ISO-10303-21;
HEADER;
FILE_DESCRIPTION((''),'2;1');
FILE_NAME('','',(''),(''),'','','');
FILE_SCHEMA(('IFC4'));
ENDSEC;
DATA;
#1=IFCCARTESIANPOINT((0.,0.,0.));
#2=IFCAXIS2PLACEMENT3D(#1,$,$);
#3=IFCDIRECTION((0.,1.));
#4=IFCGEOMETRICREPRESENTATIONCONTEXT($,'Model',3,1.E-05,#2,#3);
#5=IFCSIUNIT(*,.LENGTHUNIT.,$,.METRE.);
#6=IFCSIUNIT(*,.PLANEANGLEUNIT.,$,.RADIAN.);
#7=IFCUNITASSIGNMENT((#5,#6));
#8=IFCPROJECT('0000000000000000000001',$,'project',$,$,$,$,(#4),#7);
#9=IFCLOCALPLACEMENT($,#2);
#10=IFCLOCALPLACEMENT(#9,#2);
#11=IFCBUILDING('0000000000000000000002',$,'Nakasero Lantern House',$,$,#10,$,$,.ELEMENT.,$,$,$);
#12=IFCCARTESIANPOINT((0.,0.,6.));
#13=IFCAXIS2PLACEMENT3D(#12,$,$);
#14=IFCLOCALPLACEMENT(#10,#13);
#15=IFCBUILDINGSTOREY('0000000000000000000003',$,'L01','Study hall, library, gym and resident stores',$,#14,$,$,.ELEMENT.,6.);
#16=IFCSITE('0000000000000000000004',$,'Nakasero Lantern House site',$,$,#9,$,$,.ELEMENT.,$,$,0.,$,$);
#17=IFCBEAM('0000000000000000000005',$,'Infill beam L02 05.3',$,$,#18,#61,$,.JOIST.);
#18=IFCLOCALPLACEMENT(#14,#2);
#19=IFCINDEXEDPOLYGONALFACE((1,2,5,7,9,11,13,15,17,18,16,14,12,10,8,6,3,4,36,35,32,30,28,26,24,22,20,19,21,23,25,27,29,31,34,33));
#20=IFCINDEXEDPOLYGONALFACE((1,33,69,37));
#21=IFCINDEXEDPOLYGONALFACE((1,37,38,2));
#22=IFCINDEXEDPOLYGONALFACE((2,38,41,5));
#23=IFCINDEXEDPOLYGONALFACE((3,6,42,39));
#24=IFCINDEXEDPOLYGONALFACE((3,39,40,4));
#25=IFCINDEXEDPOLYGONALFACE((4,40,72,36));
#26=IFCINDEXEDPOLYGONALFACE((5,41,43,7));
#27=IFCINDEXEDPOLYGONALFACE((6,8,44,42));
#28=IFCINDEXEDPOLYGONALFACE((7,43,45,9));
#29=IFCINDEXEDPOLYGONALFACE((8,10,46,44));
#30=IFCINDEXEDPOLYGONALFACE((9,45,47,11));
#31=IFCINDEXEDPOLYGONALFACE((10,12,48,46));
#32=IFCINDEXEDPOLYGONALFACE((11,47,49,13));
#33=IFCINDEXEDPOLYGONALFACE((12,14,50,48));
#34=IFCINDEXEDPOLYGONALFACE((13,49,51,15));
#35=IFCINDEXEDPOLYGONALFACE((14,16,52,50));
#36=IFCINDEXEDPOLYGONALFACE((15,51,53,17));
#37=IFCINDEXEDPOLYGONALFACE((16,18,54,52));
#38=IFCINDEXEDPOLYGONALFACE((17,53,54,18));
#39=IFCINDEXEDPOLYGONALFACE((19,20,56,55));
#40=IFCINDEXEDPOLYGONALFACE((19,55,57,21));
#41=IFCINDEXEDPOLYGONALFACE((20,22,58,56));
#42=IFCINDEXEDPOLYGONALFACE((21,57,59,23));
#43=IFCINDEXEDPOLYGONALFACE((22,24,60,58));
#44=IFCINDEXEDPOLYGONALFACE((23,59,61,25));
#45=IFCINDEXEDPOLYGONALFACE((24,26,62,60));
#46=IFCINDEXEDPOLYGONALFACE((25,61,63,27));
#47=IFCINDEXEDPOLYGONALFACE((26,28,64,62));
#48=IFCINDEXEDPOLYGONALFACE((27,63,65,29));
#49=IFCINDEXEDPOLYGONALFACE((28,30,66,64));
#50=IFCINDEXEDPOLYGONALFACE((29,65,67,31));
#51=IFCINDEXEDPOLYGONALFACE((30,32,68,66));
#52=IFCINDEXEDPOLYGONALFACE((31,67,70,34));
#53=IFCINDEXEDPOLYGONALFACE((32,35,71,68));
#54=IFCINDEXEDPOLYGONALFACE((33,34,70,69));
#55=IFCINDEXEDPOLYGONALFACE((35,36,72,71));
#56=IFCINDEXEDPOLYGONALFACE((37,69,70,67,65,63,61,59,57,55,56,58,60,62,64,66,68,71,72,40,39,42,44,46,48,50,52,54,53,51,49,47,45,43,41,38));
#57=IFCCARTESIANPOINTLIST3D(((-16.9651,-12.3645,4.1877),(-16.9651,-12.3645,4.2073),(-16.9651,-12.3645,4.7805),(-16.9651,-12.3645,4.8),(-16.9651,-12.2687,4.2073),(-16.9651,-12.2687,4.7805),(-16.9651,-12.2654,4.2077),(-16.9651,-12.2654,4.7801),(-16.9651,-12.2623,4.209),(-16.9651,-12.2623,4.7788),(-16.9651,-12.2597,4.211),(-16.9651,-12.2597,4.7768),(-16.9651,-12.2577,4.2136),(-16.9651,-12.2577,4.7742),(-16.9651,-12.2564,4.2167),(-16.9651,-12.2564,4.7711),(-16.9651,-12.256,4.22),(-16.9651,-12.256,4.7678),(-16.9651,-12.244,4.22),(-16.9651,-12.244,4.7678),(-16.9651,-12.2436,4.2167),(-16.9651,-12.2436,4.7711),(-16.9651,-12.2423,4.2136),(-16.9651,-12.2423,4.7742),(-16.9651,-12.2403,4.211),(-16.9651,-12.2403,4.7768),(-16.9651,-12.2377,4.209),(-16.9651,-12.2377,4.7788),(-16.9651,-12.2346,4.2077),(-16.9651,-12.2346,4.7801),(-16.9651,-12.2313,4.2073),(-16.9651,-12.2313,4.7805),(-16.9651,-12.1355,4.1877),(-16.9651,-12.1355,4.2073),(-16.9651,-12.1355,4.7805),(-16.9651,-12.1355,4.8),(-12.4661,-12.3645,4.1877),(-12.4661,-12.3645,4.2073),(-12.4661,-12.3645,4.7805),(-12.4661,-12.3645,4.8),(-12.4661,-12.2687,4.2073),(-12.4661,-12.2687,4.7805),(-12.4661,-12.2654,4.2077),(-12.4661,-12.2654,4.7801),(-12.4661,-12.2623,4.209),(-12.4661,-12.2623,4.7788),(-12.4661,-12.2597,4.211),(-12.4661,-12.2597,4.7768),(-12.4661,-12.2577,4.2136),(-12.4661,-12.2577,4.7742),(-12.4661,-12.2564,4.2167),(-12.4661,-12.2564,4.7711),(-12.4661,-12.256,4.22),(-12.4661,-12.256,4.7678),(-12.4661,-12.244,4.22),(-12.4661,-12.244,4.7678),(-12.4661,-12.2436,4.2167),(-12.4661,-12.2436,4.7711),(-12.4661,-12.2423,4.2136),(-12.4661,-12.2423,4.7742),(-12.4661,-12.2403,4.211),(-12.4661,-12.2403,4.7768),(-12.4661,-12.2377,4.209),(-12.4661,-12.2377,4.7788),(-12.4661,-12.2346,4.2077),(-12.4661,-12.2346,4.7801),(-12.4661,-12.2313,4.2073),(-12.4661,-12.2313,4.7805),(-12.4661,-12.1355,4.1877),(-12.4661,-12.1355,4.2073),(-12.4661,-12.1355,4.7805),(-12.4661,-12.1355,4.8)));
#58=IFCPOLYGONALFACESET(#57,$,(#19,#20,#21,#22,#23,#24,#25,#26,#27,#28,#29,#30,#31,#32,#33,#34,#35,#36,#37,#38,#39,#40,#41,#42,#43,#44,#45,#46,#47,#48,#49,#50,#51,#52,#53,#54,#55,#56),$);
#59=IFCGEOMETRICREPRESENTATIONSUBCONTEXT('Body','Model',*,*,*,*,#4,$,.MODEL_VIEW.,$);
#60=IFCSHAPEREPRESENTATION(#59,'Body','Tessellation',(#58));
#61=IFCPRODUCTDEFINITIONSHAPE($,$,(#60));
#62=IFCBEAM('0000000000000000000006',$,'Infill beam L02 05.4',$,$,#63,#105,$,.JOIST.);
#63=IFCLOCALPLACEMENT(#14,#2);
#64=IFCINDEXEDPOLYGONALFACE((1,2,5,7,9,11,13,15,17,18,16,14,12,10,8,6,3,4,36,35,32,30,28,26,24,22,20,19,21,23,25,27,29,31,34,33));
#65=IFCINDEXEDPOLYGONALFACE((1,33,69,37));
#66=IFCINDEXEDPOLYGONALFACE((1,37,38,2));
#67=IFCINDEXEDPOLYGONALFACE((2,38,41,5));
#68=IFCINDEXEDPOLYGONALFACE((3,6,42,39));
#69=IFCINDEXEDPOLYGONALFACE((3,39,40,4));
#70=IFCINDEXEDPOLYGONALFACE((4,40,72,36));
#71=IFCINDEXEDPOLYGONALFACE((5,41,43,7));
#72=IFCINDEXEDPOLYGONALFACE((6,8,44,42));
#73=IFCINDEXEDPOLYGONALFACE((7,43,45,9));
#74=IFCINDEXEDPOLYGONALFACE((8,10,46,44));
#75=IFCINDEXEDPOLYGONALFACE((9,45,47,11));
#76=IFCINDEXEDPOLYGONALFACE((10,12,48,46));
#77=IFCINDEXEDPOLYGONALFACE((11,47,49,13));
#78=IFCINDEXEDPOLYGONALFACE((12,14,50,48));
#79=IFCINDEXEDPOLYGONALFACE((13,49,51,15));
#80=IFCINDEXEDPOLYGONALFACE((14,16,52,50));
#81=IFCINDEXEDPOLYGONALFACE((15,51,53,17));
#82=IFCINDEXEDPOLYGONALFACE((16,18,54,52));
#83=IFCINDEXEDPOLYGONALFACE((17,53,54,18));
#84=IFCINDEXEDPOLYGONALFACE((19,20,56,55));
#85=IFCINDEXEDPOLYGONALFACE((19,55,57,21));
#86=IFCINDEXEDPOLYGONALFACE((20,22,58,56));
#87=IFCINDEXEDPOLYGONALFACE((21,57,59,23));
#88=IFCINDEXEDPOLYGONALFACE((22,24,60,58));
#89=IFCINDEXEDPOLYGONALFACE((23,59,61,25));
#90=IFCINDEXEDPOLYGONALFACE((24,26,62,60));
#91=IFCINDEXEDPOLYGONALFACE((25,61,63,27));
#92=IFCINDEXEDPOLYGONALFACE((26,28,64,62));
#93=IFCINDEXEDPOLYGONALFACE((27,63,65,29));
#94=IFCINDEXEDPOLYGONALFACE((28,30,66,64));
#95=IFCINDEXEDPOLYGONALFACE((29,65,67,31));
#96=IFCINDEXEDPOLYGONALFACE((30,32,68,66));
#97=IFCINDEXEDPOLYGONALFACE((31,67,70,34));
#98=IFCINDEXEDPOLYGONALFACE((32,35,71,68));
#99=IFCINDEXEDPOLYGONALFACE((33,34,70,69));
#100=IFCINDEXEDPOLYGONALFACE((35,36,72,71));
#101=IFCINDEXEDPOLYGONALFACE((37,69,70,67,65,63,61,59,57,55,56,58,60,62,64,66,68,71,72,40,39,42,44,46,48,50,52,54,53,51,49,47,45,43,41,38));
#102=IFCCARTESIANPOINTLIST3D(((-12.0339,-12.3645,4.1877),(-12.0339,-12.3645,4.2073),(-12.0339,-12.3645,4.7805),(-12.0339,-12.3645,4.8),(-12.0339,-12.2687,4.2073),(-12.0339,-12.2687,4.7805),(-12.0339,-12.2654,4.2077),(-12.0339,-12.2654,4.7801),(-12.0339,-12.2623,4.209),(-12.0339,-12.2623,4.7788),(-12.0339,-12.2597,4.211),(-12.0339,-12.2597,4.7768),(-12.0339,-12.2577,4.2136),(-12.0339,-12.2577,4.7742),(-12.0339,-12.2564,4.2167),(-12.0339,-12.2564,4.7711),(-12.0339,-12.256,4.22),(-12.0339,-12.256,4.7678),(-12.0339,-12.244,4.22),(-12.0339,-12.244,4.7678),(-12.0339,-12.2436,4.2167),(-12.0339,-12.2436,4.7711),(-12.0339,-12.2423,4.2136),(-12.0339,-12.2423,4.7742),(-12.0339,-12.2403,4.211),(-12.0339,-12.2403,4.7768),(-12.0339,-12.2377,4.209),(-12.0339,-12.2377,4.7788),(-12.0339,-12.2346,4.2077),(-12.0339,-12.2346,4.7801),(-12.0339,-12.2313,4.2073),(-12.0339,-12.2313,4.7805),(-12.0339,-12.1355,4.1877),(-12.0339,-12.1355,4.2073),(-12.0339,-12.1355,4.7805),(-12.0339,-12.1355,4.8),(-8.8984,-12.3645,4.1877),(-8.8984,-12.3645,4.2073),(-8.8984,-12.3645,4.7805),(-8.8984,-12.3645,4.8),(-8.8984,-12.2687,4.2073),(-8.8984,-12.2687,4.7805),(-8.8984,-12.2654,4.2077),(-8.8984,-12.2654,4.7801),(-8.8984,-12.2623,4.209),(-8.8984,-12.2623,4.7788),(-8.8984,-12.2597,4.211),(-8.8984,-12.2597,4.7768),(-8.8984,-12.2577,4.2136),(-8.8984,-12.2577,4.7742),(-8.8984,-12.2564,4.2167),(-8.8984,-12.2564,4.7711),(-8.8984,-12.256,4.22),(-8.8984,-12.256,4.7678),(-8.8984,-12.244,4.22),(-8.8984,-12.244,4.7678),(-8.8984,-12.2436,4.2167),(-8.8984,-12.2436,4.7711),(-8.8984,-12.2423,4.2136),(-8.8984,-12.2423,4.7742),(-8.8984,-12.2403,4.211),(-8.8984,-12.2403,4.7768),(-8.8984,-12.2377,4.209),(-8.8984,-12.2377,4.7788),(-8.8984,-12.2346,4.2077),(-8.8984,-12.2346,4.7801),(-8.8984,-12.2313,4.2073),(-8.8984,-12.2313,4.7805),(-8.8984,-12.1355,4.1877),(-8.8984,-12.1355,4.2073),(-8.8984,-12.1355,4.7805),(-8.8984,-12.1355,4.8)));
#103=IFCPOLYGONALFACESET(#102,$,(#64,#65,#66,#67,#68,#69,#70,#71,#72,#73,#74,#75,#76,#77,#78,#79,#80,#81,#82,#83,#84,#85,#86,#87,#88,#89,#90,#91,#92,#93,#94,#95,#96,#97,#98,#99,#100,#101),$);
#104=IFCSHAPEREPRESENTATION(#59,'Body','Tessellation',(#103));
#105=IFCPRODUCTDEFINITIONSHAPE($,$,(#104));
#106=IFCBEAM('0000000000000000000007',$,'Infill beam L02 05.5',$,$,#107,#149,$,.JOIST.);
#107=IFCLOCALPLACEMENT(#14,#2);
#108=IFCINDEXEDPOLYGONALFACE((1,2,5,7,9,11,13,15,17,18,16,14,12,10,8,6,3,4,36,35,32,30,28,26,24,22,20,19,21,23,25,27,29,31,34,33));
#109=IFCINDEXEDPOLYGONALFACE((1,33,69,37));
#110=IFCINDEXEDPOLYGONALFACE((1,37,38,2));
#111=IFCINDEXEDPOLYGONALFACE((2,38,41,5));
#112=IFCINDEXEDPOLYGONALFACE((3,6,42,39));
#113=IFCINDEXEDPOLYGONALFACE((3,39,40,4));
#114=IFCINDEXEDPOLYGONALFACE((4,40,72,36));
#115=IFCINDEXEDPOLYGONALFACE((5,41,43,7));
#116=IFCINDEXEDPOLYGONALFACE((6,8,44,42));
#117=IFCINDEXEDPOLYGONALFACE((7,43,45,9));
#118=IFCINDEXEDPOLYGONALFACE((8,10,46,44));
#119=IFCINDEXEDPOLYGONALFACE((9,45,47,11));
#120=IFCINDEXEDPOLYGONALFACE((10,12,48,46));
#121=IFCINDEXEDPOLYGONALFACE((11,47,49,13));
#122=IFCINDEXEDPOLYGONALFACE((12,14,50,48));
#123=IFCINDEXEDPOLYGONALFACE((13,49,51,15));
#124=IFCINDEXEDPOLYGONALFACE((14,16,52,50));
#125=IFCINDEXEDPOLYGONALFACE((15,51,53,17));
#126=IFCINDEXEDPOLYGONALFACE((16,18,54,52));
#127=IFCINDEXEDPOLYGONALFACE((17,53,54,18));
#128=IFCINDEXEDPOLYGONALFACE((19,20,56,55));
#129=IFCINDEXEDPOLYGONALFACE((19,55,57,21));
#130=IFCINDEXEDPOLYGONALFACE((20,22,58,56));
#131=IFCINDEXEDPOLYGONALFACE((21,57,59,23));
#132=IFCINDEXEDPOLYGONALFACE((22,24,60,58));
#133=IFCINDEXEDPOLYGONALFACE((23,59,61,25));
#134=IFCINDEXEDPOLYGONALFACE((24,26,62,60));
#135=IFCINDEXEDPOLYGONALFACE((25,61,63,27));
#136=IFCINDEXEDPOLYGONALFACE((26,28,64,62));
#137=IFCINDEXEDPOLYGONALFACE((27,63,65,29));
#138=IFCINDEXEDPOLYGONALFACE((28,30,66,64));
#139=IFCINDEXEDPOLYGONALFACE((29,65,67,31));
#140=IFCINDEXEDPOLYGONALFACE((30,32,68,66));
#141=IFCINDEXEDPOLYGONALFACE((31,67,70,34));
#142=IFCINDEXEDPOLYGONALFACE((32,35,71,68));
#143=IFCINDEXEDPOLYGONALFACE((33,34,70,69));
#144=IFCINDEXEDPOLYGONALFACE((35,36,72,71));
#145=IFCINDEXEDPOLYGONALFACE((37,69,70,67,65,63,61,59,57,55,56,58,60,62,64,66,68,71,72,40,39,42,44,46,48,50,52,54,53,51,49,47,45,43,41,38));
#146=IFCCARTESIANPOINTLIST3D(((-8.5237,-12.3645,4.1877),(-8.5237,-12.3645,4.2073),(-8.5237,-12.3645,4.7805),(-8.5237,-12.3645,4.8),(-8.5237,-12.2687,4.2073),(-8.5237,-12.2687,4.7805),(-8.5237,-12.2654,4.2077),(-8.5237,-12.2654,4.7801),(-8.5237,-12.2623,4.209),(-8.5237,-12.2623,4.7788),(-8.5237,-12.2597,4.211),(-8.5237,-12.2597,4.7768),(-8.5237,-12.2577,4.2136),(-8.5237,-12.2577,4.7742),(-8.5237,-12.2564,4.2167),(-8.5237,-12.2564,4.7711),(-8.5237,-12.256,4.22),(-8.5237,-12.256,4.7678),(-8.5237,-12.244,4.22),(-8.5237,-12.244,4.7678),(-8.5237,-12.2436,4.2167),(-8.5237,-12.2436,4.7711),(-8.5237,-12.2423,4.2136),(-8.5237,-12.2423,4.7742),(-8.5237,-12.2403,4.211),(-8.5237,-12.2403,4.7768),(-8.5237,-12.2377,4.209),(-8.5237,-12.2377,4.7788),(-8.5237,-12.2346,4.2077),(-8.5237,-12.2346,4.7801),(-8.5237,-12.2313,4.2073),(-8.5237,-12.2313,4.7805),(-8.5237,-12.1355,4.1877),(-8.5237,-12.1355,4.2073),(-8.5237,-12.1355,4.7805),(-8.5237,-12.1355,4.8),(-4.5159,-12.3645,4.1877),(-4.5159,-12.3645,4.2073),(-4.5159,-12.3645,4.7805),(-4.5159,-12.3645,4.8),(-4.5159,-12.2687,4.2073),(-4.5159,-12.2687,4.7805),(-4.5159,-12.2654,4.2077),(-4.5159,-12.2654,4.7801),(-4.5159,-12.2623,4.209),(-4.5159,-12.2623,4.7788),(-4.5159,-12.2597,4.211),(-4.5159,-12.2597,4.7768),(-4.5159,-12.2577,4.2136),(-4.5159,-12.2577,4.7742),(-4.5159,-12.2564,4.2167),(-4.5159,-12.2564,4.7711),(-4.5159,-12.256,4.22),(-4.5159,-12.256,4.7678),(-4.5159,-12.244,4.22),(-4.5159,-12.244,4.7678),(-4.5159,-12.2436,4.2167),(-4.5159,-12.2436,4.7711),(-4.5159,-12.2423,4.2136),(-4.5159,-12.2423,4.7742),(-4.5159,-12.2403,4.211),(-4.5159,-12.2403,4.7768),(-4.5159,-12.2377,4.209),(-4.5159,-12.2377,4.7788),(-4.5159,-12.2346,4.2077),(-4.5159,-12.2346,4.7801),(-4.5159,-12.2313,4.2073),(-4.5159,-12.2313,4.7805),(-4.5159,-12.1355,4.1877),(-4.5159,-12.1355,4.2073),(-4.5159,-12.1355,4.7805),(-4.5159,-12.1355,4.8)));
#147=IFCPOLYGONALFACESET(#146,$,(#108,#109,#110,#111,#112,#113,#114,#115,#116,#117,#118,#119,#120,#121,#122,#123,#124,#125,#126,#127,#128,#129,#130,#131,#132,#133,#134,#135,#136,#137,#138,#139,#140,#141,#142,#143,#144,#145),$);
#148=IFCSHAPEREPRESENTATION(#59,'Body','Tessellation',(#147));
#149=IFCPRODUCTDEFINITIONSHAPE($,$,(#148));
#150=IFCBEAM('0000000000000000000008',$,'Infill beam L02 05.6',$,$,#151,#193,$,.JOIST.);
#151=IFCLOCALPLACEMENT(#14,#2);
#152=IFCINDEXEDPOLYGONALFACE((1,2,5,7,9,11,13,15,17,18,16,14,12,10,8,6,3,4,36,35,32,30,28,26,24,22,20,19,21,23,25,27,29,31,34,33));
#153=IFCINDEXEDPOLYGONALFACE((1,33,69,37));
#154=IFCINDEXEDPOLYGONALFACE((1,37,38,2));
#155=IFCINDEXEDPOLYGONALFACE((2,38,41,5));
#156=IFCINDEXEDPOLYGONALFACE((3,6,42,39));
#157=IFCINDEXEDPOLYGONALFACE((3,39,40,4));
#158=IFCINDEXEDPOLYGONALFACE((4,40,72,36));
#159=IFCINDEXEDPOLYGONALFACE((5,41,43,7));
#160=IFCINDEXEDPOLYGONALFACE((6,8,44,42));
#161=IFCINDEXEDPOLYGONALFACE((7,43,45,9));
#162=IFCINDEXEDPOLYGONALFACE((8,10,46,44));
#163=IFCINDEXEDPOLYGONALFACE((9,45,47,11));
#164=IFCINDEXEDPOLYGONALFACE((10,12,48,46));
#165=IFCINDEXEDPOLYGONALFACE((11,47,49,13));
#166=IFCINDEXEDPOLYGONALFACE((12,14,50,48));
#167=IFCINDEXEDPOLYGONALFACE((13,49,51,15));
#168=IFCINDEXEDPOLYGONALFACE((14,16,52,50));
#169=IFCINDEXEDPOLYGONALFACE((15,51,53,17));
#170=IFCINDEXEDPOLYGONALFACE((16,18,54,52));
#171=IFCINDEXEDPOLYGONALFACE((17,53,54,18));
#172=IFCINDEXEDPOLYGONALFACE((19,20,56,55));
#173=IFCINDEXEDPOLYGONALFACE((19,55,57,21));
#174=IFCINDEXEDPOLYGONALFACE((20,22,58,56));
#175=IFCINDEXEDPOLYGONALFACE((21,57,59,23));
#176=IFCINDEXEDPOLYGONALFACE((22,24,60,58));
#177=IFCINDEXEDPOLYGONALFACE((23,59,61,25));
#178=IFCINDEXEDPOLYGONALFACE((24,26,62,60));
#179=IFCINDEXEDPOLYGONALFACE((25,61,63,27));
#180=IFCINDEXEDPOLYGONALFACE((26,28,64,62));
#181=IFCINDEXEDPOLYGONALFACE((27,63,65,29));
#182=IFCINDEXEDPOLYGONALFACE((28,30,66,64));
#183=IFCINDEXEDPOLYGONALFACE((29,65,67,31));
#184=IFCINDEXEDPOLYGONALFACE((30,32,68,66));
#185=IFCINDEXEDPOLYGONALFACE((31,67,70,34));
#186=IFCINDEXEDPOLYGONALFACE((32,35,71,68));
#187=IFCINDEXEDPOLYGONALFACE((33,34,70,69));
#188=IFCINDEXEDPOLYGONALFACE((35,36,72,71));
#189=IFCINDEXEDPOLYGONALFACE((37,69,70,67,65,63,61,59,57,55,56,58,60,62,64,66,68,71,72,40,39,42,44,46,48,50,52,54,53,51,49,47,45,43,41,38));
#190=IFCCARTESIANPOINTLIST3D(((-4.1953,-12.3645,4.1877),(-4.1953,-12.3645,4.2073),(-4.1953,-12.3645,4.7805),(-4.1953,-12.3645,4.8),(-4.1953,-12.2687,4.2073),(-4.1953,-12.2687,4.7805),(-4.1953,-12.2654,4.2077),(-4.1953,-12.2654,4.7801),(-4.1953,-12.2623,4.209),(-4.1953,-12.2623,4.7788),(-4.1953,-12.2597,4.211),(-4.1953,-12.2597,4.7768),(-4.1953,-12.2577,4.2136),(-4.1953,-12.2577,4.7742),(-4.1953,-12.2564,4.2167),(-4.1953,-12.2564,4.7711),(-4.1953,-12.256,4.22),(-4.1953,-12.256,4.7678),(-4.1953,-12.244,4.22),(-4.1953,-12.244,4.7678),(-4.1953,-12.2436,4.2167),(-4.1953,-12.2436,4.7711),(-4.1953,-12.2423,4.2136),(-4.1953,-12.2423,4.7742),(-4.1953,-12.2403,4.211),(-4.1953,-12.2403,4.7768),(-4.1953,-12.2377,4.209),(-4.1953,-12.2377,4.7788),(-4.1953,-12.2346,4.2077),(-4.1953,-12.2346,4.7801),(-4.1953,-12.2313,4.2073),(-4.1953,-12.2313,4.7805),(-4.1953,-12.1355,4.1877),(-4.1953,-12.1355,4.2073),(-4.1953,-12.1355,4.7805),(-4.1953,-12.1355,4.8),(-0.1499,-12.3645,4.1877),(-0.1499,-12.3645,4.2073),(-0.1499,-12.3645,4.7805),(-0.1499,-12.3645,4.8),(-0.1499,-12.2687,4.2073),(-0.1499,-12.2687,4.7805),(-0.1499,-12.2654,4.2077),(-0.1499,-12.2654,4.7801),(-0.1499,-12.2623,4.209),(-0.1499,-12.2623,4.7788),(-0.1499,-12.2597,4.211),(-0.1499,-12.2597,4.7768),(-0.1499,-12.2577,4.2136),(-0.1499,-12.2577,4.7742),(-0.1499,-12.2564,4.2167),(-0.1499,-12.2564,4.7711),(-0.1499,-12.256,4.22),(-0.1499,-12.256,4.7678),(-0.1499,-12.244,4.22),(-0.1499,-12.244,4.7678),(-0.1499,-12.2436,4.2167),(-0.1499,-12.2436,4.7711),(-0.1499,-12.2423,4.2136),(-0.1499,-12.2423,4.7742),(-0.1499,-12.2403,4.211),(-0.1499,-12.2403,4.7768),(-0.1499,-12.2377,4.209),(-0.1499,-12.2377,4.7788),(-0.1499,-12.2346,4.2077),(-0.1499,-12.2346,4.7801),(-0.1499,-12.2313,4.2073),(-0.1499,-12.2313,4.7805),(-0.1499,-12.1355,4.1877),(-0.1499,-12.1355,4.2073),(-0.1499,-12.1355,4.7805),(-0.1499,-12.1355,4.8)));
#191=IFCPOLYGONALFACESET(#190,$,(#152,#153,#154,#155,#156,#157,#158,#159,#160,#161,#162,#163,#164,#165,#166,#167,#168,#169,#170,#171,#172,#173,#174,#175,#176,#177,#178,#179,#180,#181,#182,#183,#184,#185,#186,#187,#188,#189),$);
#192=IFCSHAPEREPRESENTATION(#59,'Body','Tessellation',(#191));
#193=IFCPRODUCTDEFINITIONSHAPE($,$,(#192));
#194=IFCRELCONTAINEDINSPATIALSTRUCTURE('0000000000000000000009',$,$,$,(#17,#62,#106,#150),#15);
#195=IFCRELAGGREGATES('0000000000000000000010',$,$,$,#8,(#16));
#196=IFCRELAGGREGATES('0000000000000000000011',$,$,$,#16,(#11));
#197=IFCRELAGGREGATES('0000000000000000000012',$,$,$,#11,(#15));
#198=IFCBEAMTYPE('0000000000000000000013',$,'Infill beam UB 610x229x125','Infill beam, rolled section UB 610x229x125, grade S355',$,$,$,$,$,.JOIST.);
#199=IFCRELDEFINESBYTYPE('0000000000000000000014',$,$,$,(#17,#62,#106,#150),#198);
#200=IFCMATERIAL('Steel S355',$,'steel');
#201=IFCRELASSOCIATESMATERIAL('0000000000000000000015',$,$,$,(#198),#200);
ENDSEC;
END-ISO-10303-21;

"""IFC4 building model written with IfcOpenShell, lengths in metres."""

from ifc_helpers import new_model, si_unit, direction, frame, origin, origin_2d, place, context, subcontext, project, spatial, i_section, extrude, material, material_profile, profile_set, type_object, element, save


model = new_model("IFC4")

# Units and contexts
model_context = context("Model", 3, precision=1e-05, world=origin(), true_north=direction((0.0, 1.0)))
body_context = subcontext(model_context, "Body", "Model", "MODEL_VIEW")
ifc_project = project(units=[si_unit("LENGTHUNIT", "METRE"), si_unit("PLANEANGLEUNIT", "RADIAN")], contexts=[model_context])

# Site, building, storey
site_placement = place(None, origin())
site = spatial("IfcSite", under=ifc_project, at=site_placement, Name="Nakasero Lantern House site", CompositionType="ELEMENT", RefElevation=0.0)
building_placement = place(site_placement, origin())
building = spatial("IfcBuilding", under=site, at=building_placement, Name="Nakasero Lantern House", CompositionType="ELEMENT")
storey_placement = place(building_placement, frame((0.0, 0.0, 6.0)))
storey = spatial("IfcBuildingStorey", under=building, at=storey_placement, Name="L01", Description="Study hall, library, gym and resident stores", CompositionType="ELEMENT", Elevation=6.0)

# Beams
ifc_material_1 = material(Name="Steel S355", Category="steel")
ifc_material_profile_1 = material_profile(ifc_material_1, i_section(OverallWidth=0.229, OverallDepth=0.6123, WebThickness=0.012, FlangeThickness=0.0195, FilletRadius=0.0127, at=origin_2d()), Name="UB 610x229x125")
ifc_profile_set_1 = profile_set([ifc_material_profile_1], Name="Steel S355")
beam_type_1 = type_object("IfcBeamType", Name="Infill beam UB 610x229x125", Description="Infill beam, rolled section UB 610x229x125, grade S355", PredefinedType="JOIST", material=ifc_profile_set_1)
beam_1_placement = place(storey_placement, frame((-16.9651, -12.25, 4.4939), z_axis=(1.0, 0.0, 0.0), x_axis=(0.0, 1.0, 0.0)))
element("IfcBeam", 1, at=beam_1_placement, inside=storey, type_object=beam_type_1, Name="Infill beam L02 05.3", PredefinedType="JOIST", context=body_context, shape_type="SweptSolid", body=[
    extrude(i_section(OverallWidth=0.229, OverallDepth=0.6123, WebThickness=0.012, FlangeThickness=0.0195, FilletRadius=0.0127, at=origin_2d()), origin(), (0.0, 0.0, 1.0), 4.499),
])
beam_2_placement = place(storey_placement, frame((-12.0339, -12.25, 4.4939), z_axis=(1.0, 0.0, 0.0), x_axis=(0.0, 1.0, 0.0)))
element("IfcBeam", 2, at=beam_2_placement, inside=storey, type_object=beam_type_1, Name="Infill beam L02 05.4", PredefinedType="JOIST", context=body_context, shape_type="SweptSolid", body=[
    extrude(i_section(OverallWidth=0.229, OverallDepth=0.6123, WebThickness=0.012, FlangeThickness=0.0195, FilletRadius=0.0127, at=origin_2d()), origin(), (0.0, 0.0, 1.0), 3.1355),
])
beam_3_placement = place(storey_placement, frame((-8.5237, -12.25, 4.4939), z_axis=(1.0, 0.0, 0.0), x_axis=(0.0, 1.0, 0.0)))
element("IfcBeam", 3, at=beam_3_placement, inside=storey, type_object=beam_type_1, Name="Infill beam L02 05.5", PredefinedType="JOIST", context=body_context, shape_type="SweptSolid", body=[
    extrude(i_section(OverallWidth=0.229, OverallDepth=0.6123, WebThickness=0.012, FlangeThickness=0.0195, FilletRadius=0.0127, at=origin_2d()), origin(), (0.0, 0.0, 1.0), 4.0078),
])
beam_4_placement = place(storey_placement, frame((-4.1953, -12.25, 4.4939), z_axis=(1.0, 0.0, 0.0), x_axis=(0.0, 1.0, 0.0)))
element("IfcBeam", 4, at=beam_4_placement, inside=storey, type_object=beam_type_1, Name="Infill beam L02 05.6", PredefinedType="JOIST", context=body_context, shape_type="SweptSolid", body=[
    extrude(i_section(OverallWidth=0.229, OverallDepth=0.6123, WebThickness=0.012, FlangeThickness=0.0195, FilletRadius=0.0127, at=origin_2d()), origin(), (0.0, 0.0, 1.0), 4.0454),
])

save(model, "model.ifc")
